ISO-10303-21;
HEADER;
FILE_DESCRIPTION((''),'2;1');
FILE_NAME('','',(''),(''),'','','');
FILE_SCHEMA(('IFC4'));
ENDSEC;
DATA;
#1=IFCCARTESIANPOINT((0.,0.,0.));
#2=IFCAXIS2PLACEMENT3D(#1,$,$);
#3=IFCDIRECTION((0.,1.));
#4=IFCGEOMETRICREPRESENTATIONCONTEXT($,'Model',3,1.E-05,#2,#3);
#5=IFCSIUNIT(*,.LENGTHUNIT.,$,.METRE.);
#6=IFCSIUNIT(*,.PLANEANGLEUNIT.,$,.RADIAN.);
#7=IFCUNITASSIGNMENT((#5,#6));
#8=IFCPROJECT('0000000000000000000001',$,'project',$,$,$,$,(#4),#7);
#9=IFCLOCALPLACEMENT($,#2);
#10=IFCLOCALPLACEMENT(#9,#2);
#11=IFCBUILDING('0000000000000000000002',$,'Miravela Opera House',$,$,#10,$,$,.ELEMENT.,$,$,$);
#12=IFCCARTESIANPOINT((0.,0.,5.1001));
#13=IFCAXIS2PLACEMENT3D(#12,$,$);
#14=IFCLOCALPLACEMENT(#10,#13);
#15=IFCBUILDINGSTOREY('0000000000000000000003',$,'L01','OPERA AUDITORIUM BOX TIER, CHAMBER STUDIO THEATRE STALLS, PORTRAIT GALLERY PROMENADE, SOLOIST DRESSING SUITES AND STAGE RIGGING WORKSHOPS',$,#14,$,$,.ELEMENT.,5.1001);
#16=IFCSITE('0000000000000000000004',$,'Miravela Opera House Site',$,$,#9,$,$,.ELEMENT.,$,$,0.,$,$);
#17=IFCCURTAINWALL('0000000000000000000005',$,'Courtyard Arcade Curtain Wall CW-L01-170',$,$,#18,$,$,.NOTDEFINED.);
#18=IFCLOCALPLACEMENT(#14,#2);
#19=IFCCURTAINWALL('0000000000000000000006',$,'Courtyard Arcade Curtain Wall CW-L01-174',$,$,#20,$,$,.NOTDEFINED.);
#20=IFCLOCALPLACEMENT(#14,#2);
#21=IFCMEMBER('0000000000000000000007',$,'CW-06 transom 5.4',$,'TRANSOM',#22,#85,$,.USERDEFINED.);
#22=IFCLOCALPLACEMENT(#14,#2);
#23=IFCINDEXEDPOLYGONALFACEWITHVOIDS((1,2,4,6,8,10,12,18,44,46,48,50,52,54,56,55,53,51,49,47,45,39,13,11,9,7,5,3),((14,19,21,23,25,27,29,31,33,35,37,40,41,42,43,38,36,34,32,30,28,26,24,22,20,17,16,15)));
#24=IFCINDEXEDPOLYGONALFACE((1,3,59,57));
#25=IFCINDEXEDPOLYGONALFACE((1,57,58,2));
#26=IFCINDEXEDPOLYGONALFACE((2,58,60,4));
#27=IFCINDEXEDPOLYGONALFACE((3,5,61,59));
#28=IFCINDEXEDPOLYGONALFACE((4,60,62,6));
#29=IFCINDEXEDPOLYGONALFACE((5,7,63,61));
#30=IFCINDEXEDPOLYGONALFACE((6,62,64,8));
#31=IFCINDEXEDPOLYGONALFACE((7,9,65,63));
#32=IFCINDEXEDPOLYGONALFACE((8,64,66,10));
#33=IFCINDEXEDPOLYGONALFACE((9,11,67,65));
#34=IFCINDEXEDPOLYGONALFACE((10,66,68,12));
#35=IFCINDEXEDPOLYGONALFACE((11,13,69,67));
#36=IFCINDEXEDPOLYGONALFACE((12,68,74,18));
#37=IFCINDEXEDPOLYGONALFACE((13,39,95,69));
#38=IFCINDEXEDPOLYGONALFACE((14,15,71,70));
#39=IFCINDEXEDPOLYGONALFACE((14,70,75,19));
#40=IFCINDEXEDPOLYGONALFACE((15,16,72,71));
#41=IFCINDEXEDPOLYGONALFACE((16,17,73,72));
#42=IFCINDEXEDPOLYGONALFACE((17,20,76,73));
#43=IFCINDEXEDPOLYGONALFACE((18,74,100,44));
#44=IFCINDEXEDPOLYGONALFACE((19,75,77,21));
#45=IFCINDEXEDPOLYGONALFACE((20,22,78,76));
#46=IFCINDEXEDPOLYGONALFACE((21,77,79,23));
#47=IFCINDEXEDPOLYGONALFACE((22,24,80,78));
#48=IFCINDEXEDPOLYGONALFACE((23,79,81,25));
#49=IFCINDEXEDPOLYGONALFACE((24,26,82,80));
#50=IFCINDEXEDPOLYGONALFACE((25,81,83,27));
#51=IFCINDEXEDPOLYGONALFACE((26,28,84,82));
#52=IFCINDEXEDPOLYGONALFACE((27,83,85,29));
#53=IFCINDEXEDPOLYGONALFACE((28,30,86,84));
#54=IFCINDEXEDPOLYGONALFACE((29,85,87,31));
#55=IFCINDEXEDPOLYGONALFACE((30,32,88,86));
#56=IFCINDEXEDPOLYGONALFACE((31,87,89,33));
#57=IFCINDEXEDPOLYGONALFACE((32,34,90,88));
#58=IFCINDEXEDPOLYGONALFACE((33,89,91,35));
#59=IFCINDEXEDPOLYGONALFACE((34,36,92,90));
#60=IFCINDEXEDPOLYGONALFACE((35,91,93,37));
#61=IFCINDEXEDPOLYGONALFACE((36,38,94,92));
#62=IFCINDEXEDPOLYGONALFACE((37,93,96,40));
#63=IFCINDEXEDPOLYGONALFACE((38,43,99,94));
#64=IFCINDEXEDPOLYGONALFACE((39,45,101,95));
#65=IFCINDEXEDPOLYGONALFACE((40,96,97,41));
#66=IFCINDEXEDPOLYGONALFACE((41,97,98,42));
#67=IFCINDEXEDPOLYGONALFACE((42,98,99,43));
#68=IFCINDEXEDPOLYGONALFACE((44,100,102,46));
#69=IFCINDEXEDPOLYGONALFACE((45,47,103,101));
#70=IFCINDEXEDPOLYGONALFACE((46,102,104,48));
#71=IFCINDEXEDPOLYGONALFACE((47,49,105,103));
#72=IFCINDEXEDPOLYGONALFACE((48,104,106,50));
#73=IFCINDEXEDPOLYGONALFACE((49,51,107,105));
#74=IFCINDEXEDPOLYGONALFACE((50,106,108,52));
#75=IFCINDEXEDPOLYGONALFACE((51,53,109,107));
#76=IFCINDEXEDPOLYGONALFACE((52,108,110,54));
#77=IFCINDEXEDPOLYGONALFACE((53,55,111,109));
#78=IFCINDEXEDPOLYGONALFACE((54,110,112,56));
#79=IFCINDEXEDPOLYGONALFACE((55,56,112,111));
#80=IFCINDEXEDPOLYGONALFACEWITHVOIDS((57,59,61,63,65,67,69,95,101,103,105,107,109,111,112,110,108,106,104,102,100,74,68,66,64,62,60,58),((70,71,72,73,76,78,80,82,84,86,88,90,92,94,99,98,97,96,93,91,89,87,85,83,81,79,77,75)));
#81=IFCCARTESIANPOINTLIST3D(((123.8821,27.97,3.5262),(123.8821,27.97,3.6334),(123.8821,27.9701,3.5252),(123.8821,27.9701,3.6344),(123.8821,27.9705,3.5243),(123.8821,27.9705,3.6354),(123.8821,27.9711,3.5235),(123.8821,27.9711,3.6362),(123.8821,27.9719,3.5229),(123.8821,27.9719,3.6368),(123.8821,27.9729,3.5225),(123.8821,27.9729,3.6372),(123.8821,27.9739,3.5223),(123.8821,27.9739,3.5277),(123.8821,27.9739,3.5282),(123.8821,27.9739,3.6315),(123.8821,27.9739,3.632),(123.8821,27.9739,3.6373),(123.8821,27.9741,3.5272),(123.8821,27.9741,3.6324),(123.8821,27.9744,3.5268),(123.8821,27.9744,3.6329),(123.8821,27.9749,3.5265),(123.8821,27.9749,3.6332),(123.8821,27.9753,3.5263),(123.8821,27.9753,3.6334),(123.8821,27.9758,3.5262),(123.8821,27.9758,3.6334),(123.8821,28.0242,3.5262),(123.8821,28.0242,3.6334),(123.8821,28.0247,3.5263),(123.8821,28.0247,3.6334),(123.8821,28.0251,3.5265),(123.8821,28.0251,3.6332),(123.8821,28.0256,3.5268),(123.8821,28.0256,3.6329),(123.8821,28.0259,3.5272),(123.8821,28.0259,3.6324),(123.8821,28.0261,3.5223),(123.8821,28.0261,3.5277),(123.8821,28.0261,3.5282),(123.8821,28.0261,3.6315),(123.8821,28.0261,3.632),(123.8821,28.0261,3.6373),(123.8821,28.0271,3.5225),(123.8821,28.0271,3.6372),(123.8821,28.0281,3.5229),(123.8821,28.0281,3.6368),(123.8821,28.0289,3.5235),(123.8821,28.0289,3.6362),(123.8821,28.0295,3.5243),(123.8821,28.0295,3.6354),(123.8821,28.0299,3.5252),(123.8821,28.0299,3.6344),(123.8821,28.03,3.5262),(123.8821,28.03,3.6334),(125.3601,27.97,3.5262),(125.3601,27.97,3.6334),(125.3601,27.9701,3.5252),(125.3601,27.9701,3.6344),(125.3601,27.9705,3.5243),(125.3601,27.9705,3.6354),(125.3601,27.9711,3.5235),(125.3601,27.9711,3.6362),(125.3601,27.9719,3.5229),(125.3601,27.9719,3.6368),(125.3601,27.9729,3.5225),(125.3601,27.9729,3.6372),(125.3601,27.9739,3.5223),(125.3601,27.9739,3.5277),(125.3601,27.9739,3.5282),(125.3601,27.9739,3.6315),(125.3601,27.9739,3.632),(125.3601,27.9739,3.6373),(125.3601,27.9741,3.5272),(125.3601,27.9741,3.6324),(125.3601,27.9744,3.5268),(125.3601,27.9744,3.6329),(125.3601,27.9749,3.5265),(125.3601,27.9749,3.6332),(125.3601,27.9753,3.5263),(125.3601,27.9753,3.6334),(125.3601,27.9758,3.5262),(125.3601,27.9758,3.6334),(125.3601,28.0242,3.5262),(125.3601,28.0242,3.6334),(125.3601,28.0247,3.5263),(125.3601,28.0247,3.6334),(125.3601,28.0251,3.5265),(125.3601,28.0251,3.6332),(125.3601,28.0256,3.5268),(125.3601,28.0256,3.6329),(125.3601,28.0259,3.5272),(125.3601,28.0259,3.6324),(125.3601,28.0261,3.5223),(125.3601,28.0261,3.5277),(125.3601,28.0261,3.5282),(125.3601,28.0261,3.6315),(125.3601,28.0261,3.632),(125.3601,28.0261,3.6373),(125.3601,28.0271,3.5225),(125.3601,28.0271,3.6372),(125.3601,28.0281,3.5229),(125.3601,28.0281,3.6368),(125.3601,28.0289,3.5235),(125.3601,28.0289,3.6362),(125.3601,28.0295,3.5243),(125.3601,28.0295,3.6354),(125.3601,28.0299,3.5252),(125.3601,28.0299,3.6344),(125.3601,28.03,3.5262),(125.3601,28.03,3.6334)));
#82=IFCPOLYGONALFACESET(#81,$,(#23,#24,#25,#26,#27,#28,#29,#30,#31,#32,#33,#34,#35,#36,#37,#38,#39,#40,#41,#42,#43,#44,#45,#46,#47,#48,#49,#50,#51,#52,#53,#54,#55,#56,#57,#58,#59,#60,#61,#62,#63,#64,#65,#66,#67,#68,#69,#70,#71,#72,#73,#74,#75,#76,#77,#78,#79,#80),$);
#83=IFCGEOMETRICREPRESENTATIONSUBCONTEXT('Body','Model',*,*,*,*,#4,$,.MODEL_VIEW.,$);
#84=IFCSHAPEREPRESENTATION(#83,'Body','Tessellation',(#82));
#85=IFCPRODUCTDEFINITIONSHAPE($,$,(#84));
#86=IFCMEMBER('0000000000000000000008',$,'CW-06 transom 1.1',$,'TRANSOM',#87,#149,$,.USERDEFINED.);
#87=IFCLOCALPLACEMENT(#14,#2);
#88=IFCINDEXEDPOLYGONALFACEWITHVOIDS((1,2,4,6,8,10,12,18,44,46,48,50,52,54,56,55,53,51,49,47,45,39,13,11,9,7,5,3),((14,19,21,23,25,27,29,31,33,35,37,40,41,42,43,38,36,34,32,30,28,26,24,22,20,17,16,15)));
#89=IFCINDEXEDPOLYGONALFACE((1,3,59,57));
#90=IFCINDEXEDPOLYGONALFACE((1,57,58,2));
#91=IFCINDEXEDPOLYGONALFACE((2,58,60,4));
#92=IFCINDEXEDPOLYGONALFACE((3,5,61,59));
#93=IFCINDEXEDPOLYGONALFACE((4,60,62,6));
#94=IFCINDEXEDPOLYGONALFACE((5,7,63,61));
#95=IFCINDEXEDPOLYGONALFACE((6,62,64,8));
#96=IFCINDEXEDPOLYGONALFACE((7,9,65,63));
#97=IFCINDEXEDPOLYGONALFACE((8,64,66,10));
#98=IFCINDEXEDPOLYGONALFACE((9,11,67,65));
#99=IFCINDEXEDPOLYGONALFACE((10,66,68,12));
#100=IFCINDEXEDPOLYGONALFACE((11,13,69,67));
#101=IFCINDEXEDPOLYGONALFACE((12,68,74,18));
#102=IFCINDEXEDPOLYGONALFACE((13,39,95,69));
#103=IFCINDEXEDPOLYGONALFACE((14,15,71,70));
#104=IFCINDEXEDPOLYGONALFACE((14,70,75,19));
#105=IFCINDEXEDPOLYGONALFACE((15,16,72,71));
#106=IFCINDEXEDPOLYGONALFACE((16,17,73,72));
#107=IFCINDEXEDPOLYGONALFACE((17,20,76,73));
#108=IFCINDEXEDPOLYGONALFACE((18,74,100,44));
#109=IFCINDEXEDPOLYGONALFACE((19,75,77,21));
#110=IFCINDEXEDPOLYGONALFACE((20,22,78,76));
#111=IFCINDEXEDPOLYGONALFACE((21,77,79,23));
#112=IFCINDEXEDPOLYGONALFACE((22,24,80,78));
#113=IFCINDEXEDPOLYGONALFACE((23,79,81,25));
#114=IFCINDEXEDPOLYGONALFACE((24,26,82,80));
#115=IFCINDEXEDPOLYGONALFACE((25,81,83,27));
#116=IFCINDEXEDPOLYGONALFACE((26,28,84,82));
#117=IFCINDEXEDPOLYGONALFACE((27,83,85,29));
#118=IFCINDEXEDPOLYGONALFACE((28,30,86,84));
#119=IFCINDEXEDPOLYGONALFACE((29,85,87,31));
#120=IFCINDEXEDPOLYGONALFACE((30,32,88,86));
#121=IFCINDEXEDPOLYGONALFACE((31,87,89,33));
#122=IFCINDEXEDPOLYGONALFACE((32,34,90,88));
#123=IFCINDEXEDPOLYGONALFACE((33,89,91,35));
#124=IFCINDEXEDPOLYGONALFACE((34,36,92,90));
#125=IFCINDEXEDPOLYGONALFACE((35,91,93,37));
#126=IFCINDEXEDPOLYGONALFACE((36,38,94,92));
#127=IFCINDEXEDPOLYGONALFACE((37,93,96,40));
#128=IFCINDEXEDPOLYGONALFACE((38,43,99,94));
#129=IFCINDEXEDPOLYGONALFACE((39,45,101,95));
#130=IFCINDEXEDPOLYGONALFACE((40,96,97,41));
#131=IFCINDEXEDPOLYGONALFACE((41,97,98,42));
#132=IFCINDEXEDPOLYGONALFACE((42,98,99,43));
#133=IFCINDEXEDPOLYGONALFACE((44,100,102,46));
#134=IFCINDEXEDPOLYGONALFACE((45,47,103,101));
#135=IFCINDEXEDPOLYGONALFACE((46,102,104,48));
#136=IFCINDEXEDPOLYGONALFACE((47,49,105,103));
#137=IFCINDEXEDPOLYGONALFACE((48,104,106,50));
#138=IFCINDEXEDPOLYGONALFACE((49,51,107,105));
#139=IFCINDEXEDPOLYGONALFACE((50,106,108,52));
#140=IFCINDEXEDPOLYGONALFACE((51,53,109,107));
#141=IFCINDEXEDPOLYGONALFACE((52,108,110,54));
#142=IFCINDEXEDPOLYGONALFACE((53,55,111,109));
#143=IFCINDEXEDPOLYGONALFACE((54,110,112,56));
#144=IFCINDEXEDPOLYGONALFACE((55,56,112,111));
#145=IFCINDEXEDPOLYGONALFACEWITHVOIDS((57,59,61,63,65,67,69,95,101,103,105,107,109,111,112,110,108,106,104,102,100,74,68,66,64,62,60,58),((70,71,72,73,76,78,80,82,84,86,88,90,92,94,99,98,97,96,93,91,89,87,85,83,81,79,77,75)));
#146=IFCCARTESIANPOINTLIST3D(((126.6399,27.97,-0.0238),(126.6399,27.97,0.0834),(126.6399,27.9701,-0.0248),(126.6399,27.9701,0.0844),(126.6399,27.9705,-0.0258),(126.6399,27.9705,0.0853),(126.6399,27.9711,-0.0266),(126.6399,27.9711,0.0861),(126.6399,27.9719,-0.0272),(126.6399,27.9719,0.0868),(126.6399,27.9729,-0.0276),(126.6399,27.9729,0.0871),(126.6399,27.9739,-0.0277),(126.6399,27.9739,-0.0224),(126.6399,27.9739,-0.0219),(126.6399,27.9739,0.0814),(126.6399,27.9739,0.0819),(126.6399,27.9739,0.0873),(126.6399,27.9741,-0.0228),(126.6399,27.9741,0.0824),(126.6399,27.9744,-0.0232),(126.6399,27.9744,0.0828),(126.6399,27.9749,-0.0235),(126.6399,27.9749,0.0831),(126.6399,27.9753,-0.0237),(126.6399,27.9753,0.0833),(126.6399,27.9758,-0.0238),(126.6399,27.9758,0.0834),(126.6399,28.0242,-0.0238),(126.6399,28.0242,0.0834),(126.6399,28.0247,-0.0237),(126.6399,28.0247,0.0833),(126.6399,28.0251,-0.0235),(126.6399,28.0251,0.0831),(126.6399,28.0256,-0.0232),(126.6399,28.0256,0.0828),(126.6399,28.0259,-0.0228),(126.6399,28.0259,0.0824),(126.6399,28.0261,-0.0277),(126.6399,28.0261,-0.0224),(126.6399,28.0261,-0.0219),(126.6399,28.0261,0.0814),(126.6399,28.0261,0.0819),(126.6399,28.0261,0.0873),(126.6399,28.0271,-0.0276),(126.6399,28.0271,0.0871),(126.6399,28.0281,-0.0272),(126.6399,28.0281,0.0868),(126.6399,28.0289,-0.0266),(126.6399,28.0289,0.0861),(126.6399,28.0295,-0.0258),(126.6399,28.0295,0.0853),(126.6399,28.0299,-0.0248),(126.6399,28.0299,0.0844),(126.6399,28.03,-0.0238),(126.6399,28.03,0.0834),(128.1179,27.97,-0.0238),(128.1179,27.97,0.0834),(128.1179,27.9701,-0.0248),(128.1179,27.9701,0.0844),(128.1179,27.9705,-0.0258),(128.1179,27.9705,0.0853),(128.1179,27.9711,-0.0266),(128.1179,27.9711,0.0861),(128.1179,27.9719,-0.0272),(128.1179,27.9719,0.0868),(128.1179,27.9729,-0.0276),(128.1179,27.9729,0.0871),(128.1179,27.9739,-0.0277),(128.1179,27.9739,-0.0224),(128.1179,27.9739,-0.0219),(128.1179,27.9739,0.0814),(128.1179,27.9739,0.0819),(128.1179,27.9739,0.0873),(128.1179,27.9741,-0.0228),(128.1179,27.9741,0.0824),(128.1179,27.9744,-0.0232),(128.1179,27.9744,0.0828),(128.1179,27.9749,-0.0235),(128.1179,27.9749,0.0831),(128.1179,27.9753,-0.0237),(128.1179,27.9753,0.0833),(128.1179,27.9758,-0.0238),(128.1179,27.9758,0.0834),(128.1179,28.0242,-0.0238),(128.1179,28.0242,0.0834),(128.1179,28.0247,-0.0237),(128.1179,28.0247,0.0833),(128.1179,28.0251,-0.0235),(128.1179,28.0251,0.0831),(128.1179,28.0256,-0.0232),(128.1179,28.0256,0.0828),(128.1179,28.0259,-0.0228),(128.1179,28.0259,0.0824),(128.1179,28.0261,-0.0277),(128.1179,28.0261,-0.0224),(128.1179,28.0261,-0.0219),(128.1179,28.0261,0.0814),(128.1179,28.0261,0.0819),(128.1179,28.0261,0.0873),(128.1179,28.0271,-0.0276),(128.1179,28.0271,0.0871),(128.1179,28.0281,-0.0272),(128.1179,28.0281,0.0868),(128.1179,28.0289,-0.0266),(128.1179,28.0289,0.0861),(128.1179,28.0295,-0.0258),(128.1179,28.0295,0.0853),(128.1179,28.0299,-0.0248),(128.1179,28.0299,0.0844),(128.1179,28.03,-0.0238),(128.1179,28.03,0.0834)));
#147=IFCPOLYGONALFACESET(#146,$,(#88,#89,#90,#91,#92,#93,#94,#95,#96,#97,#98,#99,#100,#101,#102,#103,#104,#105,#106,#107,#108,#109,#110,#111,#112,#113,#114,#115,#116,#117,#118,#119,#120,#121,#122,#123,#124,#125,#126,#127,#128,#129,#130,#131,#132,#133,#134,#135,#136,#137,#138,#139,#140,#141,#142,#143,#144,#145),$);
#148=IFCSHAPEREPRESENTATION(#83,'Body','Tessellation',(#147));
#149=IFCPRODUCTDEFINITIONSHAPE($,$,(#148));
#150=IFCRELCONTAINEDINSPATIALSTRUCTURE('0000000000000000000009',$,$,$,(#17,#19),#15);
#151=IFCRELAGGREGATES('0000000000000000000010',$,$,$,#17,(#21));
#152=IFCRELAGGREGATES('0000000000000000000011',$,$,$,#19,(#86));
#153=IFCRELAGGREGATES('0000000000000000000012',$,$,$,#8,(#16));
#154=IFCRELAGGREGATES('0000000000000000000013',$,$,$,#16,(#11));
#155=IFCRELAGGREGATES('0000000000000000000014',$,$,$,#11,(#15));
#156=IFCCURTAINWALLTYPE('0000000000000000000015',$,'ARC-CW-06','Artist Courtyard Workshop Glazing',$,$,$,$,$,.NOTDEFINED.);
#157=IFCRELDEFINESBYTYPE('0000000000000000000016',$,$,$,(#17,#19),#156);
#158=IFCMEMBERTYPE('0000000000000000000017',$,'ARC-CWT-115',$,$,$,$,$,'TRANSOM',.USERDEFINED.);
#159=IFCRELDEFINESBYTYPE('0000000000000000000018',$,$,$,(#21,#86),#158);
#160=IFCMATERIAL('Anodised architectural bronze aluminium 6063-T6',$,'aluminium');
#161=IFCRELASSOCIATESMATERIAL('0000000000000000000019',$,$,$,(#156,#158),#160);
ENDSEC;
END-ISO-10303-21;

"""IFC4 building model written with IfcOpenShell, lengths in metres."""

from ifc_helpers import new_model, si_unit, direction, frame, origin, origin_2d, place, context, subcontext, project, spatial, hollow_rectangle, extrude, material, material_profile, profile_set, type_object, element, aggregate, save


model = new_model("IFC4")

# Units and contexts
model_context = context("Model", 3, precision=1e-05, world=origin(), true_north=direction((0.0, 1.0)))
body_context = subcontext(model_context, "Body", "Model", "MODEL_VIEW")
ifc_project = project(units=[si_unit("LENGTHUNIT", "METRE"), si_unit("PLANEANGLEUNIT", "RADIAN")], contexts=[model_context])

# Site, building, storey
site_placement = place(None, origin())
site = spatial("IfcSite", under=ifc_project, at=site_placement, Name="Miravela Opera House Site", CompositionType="ELEMENT", RefElevation=0.0)
building_placement = place(site_placement, origin())
building = spatial("IfcBuilding", under=site, at=building_placement, Name="Miravela Opera House", CompositionType="ELEMENT")
storey_placement = place(building_placement, frame((0.0, 0.0, 5.1001)))
storey = spatial("IfcBuildingStorey", under=building, at=storey_placement, Name="L01", Description="OPERA AUDITORIUM BOX TIER, CHAMBER STUDIO THEATRE STALLS, PORTRAIT GALLERY PROMENADE, SOLOIST DRESSING SUITES AND STAGE RIGGING WORKSHOPS", CompositionType="ELEMENT", Elevation=5.1001)

# Curtain wall
ifc_material_1 = material(Name="Anodised architectural bronze aluminium 6063-T6", Category="aluminium")
curtain_wall_type = type_object("IfcCurtainWallType", Name="ARC-CW-06", Description="Artist Courtyard Workshop Glazing", PredefinedType="NOTDEFINED", material=ifc_material_1)
curtain_wall_1_placement = place(storey_placement, origin())
curtain_wall_1 = element("IfcCurtainWall", 1, at=curtain_wall_1_placement, inside=storey, type_object=curtain_wall_type, Name="Courtyard Arcade Curtain Wall CW-L01-170", PredefinedType="NOTDEFINED")

# Curtain wall
curtain_wall_2_placement = place(storey_placement, origin())
curtain_wall_2 = element("IfcCurtainWall", 2, at=curtain_wall_2_placement, inside=storey, type_object=curtain_wall_type, Name="Courtyard Arcade Curtain Wall CW-L01-174", PredefinedType="NOTDEFINED")

# Members
ifc_material_profile_1 = material_profile(ifc_material_1, hollow_rectangle(XDim=0.0601, YDim=0.115, WallThickness=0.0039, InnerFilletRadius=0.002, OuterFilletRadius=0.0039, at=origin_2d()), Name="CWT-60X115")
ifc_profile_set_1 = profile_set([ifc_material_profile_1])
member_type_1 = type_object("IfcMemberType", Name="ARC-CWT-115", ElementType="TRANSOM", PredefinedType="USERDEFINED", material=ifc_profile_set_1)
member_1_placement = place(storey_placement, frame((123.8821, 28.0, 3.5798), z_axis=(1.0, 0.0, 0.0), x_axis=(0.0, 1.0, 0.0)))
member_1 = element("IfcMember", 3, at=member_1_placement, type_object=member_type_1, Name="CW-06 transom 5.4", ObjectType="TRANSOM", PredefinedType="USERDEFINED", context=body_context, shape_type="SweptSolid", body=[
    extrude(hollow_rectangle(XDim=0.0601, YDim=0.115, WallThickness=0.0039, InnerFilletRadius=0.002, OuterFilletRadius=0.0039, at=origin_2d()), origin(), (0.0, 0.0, 1.0), 1.478),
])
member_2_placement = place(storey_placement, frame((126.6399, 28.0, 0.0298), z_axis=(1.0, 0.0, 0.0), x_axis=(0.0, 1.0, 0.0)))
member_2 = element("IfcMember", 4, at=member_2_placement, type_object=member_type_1, Name="CW-06 transom 1.1", ObjectType="TRANSOM", PredefinedType="USERDEFINED", context=body_context, shape_type="SweptSolid", body=[
    extrude(hollow_rectangle(XDim=0.0601, YDim=0.115, WallThickness=0.0039, InnerFilletRadius=0.002, OuterFilletRadius=0.0039, at=origin_2d()), origin(), (0.0, 0.0, 1.0), 1.478),
])

aggregate(curtain_wall_1, [member_1])
aggregate(curtain_wall_2, [member_2])

save(model, "model.ifc")
